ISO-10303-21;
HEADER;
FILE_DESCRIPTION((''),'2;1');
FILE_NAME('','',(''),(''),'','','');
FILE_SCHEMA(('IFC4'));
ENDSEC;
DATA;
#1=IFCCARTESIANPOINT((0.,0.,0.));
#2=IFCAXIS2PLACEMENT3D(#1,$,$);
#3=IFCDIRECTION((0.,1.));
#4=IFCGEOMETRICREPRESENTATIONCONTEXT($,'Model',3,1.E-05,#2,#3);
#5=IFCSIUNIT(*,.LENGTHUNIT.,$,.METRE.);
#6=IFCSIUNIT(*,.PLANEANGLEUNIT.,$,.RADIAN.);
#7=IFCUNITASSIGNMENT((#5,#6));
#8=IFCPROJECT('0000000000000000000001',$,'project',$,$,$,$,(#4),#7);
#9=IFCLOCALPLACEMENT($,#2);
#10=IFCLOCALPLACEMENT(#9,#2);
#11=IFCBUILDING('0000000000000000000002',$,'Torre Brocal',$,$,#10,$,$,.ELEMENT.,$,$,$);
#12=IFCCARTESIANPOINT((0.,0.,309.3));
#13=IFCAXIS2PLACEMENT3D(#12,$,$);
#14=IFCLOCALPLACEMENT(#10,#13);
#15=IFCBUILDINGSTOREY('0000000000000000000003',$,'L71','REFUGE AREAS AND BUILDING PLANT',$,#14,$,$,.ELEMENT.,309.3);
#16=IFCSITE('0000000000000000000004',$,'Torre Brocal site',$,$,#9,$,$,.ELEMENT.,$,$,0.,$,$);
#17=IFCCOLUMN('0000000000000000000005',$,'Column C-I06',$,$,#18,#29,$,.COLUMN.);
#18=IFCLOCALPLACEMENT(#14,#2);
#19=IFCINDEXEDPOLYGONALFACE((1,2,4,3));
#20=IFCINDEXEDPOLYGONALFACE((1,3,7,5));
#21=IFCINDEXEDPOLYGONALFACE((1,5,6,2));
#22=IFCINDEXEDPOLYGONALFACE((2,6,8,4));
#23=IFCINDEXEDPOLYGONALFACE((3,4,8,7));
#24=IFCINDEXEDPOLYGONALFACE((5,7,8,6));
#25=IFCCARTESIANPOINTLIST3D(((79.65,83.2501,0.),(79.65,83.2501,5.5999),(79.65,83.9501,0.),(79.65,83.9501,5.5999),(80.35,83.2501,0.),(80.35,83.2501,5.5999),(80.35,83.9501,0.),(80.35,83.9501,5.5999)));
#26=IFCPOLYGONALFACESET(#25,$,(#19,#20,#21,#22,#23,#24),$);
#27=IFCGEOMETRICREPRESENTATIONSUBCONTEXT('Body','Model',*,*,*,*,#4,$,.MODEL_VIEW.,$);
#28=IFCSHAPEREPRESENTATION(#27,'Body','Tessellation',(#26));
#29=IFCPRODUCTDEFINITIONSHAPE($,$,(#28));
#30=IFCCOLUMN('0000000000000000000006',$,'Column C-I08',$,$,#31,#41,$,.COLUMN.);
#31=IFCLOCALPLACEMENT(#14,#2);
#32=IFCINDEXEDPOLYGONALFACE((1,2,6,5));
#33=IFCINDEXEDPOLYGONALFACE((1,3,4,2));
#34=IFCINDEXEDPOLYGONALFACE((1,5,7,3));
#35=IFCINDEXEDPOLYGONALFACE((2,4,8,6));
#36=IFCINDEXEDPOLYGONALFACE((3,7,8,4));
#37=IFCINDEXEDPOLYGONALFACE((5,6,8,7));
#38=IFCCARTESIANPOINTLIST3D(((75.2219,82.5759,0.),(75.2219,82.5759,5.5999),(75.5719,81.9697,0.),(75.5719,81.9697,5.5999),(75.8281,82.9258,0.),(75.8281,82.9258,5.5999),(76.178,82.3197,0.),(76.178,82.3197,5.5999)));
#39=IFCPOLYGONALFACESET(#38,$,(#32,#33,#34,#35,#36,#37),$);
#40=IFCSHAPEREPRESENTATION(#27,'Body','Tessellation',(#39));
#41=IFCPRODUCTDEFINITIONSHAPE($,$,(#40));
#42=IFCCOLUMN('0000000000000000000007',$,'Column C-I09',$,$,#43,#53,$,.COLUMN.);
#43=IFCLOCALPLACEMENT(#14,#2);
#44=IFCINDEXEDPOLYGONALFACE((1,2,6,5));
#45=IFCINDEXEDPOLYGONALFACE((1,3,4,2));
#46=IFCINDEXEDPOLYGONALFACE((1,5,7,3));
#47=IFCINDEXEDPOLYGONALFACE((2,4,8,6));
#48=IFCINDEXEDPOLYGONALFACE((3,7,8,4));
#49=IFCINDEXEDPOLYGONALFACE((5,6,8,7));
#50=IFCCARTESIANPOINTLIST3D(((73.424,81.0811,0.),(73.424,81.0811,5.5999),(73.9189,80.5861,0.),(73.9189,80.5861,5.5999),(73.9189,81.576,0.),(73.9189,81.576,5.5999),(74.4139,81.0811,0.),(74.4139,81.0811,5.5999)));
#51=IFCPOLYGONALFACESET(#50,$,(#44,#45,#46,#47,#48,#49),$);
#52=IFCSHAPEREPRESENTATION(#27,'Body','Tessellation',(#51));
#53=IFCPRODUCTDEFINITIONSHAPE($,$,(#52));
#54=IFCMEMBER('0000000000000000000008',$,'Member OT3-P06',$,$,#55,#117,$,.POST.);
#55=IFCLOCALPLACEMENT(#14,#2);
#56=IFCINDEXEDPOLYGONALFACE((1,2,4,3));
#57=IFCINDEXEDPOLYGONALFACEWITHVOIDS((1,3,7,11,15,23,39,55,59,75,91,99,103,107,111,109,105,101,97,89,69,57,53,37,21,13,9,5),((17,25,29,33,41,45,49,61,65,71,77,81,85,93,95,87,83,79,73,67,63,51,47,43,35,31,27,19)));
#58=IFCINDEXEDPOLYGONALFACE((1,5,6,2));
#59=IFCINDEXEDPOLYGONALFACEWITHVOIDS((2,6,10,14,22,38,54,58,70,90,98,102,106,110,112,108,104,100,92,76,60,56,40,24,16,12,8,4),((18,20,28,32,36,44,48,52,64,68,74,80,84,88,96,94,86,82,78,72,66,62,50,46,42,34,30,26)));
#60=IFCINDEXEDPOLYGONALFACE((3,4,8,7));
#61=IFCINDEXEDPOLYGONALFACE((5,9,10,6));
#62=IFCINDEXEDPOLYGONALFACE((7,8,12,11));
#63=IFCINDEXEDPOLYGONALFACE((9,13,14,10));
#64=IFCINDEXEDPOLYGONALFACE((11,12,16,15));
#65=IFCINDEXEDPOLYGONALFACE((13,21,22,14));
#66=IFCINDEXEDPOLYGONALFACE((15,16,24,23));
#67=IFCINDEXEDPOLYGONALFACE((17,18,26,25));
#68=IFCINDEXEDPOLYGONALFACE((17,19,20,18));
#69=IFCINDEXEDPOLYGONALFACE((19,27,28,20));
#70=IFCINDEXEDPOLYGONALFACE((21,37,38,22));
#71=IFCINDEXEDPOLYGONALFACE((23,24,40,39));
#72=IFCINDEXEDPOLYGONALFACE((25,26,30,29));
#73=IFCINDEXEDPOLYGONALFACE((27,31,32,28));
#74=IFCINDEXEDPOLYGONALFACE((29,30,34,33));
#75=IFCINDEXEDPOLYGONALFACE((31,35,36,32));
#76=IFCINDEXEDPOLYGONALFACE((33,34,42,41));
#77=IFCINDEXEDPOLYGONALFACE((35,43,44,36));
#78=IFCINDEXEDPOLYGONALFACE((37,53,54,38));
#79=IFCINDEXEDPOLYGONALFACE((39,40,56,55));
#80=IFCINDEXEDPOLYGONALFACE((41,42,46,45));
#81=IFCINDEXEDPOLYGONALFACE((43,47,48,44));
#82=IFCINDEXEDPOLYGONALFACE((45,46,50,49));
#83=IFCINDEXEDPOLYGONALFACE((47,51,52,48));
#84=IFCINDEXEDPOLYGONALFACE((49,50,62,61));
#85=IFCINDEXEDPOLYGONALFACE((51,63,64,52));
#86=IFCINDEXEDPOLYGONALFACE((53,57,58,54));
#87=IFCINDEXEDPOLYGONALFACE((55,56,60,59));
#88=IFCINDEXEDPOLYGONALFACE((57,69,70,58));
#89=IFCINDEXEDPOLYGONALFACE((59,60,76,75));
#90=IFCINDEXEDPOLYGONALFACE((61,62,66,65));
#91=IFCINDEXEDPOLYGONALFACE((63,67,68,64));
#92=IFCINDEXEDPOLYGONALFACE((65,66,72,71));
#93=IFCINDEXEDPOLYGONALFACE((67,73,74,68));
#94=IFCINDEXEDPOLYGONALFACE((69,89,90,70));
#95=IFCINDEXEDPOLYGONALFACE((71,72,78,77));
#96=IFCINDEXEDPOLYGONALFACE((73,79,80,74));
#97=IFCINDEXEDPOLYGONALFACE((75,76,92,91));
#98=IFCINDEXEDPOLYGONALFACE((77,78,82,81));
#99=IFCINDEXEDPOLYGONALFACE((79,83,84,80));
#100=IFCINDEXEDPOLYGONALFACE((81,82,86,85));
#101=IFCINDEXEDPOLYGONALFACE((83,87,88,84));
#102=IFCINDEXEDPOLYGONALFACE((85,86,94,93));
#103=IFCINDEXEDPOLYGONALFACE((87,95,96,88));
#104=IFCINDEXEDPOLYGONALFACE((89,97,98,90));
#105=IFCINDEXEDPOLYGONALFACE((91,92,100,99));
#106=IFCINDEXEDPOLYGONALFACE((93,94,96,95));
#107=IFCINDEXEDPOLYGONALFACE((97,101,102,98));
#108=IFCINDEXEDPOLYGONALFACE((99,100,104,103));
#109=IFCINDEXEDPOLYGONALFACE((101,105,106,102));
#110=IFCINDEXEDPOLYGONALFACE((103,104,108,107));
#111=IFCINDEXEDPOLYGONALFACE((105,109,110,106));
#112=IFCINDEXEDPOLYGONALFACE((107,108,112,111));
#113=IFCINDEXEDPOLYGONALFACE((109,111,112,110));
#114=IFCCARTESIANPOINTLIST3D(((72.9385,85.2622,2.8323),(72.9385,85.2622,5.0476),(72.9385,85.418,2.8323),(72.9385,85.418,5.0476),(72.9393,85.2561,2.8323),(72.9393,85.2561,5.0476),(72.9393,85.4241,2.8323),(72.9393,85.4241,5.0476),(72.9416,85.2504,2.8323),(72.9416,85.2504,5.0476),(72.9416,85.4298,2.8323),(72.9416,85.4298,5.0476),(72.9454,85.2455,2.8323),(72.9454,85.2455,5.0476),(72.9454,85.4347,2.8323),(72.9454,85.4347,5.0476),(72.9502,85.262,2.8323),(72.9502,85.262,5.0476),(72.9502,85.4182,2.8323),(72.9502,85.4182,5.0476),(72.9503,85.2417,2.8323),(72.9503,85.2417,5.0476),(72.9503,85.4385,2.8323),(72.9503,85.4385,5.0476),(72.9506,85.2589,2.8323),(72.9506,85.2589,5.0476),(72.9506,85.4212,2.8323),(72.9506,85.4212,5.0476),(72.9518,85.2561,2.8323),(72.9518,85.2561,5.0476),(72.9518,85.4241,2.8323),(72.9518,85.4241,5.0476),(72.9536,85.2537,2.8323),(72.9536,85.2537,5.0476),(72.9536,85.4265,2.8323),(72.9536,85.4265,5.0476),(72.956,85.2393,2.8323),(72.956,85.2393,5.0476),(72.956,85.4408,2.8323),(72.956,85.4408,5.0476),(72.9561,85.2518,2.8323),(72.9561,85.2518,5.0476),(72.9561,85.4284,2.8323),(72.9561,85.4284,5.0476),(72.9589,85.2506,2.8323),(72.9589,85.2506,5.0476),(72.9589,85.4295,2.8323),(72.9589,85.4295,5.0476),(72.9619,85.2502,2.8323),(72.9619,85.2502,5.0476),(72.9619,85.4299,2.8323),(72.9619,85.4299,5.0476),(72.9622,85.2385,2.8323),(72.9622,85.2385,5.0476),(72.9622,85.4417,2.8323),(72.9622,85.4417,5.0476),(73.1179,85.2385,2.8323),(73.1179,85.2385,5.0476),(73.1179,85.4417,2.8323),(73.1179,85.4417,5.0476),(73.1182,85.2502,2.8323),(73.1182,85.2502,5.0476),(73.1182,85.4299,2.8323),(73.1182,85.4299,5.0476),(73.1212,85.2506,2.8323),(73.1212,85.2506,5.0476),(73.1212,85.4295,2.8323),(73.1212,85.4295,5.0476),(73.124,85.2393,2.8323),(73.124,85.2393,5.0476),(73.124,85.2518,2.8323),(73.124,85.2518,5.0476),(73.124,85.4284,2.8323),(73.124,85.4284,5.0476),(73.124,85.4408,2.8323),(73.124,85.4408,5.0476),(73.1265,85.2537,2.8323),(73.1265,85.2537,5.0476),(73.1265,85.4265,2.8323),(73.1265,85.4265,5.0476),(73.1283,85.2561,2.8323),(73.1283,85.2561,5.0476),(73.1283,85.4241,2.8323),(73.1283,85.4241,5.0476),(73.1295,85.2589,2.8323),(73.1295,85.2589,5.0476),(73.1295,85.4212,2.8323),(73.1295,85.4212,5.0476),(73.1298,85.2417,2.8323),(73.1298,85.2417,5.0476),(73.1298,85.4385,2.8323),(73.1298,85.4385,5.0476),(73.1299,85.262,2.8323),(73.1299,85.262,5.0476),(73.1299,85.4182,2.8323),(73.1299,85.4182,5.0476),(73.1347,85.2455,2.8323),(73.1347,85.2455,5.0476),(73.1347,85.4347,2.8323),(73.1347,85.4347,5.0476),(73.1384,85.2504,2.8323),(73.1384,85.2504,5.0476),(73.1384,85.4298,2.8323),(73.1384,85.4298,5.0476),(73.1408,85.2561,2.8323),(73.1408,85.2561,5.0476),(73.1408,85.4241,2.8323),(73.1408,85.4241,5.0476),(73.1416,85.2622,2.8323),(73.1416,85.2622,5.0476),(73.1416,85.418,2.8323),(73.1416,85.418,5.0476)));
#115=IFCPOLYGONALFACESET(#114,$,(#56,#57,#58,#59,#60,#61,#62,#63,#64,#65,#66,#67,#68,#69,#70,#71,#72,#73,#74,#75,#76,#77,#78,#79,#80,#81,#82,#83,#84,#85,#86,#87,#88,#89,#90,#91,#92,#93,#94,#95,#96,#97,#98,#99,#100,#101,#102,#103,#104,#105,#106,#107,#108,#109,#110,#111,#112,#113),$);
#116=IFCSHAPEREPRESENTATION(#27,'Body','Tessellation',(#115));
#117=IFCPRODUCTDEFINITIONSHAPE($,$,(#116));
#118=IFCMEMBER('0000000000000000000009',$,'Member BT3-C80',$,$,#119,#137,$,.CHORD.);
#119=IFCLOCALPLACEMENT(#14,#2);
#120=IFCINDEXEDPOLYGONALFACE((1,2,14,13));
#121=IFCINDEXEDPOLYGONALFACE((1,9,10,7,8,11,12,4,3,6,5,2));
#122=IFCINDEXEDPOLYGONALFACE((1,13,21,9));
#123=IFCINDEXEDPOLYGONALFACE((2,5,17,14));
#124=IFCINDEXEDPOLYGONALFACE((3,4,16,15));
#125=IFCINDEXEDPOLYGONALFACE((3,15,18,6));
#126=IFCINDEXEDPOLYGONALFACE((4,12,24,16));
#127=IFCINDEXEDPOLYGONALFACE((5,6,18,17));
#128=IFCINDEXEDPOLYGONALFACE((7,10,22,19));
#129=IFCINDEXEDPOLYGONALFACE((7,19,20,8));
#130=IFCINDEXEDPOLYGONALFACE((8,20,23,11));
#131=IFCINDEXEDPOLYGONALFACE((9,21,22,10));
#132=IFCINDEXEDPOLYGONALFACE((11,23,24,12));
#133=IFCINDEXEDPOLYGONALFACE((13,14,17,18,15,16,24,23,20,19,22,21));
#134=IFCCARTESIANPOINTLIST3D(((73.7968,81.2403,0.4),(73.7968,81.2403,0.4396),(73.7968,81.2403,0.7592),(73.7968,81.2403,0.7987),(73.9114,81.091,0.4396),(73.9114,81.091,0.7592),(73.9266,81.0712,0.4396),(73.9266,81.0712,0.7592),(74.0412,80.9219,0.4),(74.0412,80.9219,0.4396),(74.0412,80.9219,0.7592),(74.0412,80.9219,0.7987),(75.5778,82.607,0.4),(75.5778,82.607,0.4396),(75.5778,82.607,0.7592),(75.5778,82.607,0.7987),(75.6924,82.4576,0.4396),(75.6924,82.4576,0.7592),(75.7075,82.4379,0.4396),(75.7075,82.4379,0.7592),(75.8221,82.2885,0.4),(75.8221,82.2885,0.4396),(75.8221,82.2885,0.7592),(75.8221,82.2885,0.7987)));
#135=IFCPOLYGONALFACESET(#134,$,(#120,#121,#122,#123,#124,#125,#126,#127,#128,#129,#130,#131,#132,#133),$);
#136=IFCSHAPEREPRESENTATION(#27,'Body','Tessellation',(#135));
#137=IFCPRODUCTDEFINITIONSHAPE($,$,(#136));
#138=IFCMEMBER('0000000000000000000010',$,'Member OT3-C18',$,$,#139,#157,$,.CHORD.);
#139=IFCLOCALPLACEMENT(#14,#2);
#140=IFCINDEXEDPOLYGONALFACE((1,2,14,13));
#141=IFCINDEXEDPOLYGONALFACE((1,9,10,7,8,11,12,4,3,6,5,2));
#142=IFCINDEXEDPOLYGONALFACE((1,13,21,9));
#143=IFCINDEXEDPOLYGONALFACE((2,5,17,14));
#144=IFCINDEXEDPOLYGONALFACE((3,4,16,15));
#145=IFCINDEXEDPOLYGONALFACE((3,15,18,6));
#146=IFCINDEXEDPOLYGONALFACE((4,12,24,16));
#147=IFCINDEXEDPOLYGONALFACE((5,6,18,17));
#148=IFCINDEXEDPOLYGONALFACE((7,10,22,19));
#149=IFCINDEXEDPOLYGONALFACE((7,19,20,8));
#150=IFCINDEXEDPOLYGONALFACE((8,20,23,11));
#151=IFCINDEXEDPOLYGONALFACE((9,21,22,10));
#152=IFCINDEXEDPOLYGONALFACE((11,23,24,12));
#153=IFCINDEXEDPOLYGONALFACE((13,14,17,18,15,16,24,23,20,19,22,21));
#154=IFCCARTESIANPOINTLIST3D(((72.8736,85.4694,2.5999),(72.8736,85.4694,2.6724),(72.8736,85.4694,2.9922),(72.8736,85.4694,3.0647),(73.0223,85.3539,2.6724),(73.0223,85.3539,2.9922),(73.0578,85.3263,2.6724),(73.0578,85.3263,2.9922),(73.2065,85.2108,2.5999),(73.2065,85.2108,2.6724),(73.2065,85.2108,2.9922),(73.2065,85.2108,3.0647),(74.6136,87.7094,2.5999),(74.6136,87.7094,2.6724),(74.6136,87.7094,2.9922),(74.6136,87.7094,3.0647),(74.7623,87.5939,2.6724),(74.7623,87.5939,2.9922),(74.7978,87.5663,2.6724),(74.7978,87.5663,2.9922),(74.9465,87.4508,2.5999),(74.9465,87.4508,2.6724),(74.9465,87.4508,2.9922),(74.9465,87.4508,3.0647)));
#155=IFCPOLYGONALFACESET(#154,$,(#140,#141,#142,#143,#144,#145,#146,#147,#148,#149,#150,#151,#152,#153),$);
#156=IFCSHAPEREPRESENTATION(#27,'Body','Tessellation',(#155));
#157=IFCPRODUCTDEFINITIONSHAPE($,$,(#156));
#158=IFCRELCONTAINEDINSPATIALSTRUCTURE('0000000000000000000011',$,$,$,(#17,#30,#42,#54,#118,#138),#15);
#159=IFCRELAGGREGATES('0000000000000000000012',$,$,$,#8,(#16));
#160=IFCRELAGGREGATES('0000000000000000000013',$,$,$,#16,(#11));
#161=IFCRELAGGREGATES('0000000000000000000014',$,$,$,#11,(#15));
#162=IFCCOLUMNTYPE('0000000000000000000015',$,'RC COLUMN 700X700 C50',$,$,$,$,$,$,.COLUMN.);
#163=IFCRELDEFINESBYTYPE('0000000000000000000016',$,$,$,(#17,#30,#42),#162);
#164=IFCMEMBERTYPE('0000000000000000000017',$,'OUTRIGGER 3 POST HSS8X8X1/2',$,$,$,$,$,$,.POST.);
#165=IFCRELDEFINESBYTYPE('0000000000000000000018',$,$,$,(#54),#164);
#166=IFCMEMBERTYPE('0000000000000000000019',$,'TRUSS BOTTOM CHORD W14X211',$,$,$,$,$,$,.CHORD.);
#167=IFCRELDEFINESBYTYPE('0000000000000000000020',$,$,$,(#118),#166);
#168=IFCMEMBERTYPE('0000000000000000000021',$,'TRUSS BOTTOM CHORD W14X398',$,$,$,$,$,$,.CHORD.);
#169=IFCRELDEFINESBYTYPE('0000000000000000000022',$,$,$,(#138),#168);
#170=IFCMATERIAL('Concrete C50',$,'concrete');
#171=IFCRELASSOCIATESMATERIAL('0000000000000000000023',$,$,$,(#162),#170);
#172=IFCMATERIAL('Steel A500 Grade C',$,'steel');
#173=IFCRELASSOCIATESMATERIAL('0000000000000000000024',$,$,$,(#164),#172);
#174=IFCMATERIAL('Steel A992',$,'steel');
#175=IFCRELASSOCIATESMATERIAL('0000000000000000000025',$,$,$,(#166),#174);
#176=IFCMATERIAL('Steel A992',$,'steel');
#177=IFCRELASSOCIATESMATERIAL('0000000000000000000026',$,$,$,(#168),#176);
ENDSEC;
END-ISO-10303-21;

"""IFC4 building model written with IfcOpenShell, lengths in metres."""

from ifc_helpers import new_model, si_unit, direction, frame, origin, origin_2d, place, context, subcontext, project, spatial, rectangle, hollow_rectangle, i_section, extrude, material, material_profile, profile_set, type_object, element, save


model = new_model("IFC4")

# Units and contexts
model_context = context("Model", 3, precision=1e-05, world=origin(), true_north=direction((0.0, 1.0)))
body_context = subcontext(model_context, "Body", "Model", "MODEL_VIEW")
ifc_project = project(units=[si_unit("LENGTHUNIT", "METRE"), si_unit("PLANEANGLEUNIT", "RADIAN")], contexts=[model_context])

# Site, building, storey
site_placement = place(None, origin())
site = spatial("IfcSite", under=ifc_project, at=site_placement, Name="Torre Brocal site", CompositionType="ELEMENT", RefElevation=0.0)
building_placement = place(site_placement, origin())
building = spatial("IfcBuilding", under=site, at=building_placement, Name="Torre Brocal", CompositionType="ELEMENT")
storey_placement = place(building_placement, frame((0.0, 0.0, 309.3)))
storey = spatial("IfcBuildingStorey", under=building, at=storey_placement, Name="L71", Description="REFUGE AREAS AND BUILDING PLANT", CompositionType="ELEMENT", Elevation=309.3)

# Columns
ifc_material_1 = material(Name="Concrete C50", Category="concrete")
ifc_material_profile_1 = material_profile(ifc_material_1, rectangle(XDim=0.7, YDim=0.7, at=origin_2d()), Name="RC 700X700")
ifc_profile_set_1 = profile_set([ifc_material_profile_1], Name="Concrete C50")
column_type = type_object("IfcColumnType", Name="RC COLUMN 700X700 C50", PredefinedType="COLUMN", material=ifc_profile_set_1)
for number, where, z_axis, x_axis, name in (
    (1, (80.0, 83.6001, 0.0), (0.0, 0.0, 1.0), (0.0, 1.0, 0.0), "Column C-I06"),
    (2, (75.7, 82.4478, 0.0), (0.0, 0.0, 1.0), (-0.5, 0.866025, 0.0), "Column C-I08"),
    (3, (73.9189, 81.0811, 0.0), (0.0, 0.0, 1.0), (-0.707107, 0.707107, 0.0), "Column C-I09"),
):
    element("IfcColumn", number, at=place(storey_placement, frame(where, z_axis=z_axis, x_axis=x_axis)), inside=storey, type_object=column_type, Name=name, PredefinedType="COLUMN", context=body_context, shape_type="SweptSolid", body=[
        extrude(rectangle(XDim=0.7, YDim=0.7, at=origin_2d()), origin(), (0.0, 0.0, 1.0), 5.5999),
    ])

# Members
ifc_material_2 = material(Name="Steel A500 Grade C", Category="steel")
ifc_material_profile_2 = material_profile(ifc_material_2, hollow_rectangle(XDim=0.2031, YDim=0.2031, WallThickness=0.0117, InnerFilletRadius=0.0117, OuterFilletRadius=0.0237, at=origin_2d()), Name="HSS8X8X1/2")
ifc_profile_set_2 = profile_set([ifc_material_profile_2], Name="Steel A500 Grade C")
member_type_1 = type_object("IfcMemberType", Name="OUTRIGGER 3 POST HSS8X8X1/2", PredefinedType="POST", material=ifc_profile_set_2)
member_1_placement = place(storey_placement, frame((73.04, 85.3401, 2.8323), z_axis=(0.0, 0.0, 1.0), x_axis=(1.0, 0.0, 0.0)))
element("IfcMember", 4, at=member_1_placement, inside=storey, type_object=member_type_1, Name="Member OT3-P06", PredefinedType="POST", context=body_context, shape_type="SweptSolid", body=[
    extrude(hollow_rectangle(XDim=0.2031, YDim=0.2031, WallThickness=0.0117, InnerFilletRadius=0.0117, OuterFilletRadius=0.0237, at=origin_2d()), origin(), (0.0, 0.0, 1.0), 2.2153),
])
ifc_material_3 = material(Name="Steel A992", Category="steel")
ifc_material_profile_3 = material_profile(ifc_material_3, i_section(OverallWidth=0.4014, OverallDepth=0.3987, WebThickness=0.0249, FlangeThickness=0.0396, at=origin_2d()), Name="W14X211")
ifc_profile_set_3 = profile_set([ifc_material_profile_3], Name="Steel A992")
member_type_2 = type_object("IfcMemberType", Name="TRUSS BOTTOM CHORD W14X211", PredefinedType="CHORD", material=ifc_profile_set_3)
member_2_placement = place(storey_placement, frame((75.7, 82.4478, 0.5994), z_axis=(-0.793335, -0.608785, 0.0), x_axis=(0.608785, -0.793335, 0.0)))
element("IfcMember", 5, at=member_2_placement, inside=storey, type_object=member_type_2, Name="Member BT3-C80", PredefinedType="CHORD", context=body_context, shape_type="SweptSolid", body=[
    extrude(i_section(OverallWidth=0.4014, OverallDepth=0.3987, WebThickness=0.0249, FlangeThickness=0.0396, at=origin_2d()), origin(), (0.0, 0.0, 1.0), 2.2449),
])
ifc_material_4 = material(Name="Steel A992", Category="steel")
ifc_material_profile_4 = material_profile(ifc_material_4, i_section(OverallWidth=0.4216, OverallDepth=0.4648, WebThickness=0.0449, FlangeThickness=0.0725, at=origin_2d()), Name="W14X398")
ifc_profile_set_4 = profile_set([ifc_material_profile_4], Name="Steel A992")
member_type_3 = type_object("IfcMemberType", Name="TRUSS BOTTOM CHORD W14X398", PredefinedType="CHORD", material=ifc_profile_set_4)
member_3_placement = place(storey_placement, frame((73.04, 85.3401, 2.8323), z_axis=(0.613452, 0.789732, 0.0), x_axis=(-0.789732, 0.613452, 0.0)))
element("IfcMember", 6, at=member_3_placement, inside=storey, type_object=member_type_3, Name="Member OT3-C18", PredefinedType="CHORD", context=body_context, shape_type="SweptSolid", body=[
    extrude(i_section(OverallWidth=0.4216, OverallDepth=0.4648, WebThickness=0.0449, FlangeThickness=0.0725, at=origin_2d()), origin(), (0.0, 0.0, 1.0), 2.8364),
])

save(model, "model.ifc")
